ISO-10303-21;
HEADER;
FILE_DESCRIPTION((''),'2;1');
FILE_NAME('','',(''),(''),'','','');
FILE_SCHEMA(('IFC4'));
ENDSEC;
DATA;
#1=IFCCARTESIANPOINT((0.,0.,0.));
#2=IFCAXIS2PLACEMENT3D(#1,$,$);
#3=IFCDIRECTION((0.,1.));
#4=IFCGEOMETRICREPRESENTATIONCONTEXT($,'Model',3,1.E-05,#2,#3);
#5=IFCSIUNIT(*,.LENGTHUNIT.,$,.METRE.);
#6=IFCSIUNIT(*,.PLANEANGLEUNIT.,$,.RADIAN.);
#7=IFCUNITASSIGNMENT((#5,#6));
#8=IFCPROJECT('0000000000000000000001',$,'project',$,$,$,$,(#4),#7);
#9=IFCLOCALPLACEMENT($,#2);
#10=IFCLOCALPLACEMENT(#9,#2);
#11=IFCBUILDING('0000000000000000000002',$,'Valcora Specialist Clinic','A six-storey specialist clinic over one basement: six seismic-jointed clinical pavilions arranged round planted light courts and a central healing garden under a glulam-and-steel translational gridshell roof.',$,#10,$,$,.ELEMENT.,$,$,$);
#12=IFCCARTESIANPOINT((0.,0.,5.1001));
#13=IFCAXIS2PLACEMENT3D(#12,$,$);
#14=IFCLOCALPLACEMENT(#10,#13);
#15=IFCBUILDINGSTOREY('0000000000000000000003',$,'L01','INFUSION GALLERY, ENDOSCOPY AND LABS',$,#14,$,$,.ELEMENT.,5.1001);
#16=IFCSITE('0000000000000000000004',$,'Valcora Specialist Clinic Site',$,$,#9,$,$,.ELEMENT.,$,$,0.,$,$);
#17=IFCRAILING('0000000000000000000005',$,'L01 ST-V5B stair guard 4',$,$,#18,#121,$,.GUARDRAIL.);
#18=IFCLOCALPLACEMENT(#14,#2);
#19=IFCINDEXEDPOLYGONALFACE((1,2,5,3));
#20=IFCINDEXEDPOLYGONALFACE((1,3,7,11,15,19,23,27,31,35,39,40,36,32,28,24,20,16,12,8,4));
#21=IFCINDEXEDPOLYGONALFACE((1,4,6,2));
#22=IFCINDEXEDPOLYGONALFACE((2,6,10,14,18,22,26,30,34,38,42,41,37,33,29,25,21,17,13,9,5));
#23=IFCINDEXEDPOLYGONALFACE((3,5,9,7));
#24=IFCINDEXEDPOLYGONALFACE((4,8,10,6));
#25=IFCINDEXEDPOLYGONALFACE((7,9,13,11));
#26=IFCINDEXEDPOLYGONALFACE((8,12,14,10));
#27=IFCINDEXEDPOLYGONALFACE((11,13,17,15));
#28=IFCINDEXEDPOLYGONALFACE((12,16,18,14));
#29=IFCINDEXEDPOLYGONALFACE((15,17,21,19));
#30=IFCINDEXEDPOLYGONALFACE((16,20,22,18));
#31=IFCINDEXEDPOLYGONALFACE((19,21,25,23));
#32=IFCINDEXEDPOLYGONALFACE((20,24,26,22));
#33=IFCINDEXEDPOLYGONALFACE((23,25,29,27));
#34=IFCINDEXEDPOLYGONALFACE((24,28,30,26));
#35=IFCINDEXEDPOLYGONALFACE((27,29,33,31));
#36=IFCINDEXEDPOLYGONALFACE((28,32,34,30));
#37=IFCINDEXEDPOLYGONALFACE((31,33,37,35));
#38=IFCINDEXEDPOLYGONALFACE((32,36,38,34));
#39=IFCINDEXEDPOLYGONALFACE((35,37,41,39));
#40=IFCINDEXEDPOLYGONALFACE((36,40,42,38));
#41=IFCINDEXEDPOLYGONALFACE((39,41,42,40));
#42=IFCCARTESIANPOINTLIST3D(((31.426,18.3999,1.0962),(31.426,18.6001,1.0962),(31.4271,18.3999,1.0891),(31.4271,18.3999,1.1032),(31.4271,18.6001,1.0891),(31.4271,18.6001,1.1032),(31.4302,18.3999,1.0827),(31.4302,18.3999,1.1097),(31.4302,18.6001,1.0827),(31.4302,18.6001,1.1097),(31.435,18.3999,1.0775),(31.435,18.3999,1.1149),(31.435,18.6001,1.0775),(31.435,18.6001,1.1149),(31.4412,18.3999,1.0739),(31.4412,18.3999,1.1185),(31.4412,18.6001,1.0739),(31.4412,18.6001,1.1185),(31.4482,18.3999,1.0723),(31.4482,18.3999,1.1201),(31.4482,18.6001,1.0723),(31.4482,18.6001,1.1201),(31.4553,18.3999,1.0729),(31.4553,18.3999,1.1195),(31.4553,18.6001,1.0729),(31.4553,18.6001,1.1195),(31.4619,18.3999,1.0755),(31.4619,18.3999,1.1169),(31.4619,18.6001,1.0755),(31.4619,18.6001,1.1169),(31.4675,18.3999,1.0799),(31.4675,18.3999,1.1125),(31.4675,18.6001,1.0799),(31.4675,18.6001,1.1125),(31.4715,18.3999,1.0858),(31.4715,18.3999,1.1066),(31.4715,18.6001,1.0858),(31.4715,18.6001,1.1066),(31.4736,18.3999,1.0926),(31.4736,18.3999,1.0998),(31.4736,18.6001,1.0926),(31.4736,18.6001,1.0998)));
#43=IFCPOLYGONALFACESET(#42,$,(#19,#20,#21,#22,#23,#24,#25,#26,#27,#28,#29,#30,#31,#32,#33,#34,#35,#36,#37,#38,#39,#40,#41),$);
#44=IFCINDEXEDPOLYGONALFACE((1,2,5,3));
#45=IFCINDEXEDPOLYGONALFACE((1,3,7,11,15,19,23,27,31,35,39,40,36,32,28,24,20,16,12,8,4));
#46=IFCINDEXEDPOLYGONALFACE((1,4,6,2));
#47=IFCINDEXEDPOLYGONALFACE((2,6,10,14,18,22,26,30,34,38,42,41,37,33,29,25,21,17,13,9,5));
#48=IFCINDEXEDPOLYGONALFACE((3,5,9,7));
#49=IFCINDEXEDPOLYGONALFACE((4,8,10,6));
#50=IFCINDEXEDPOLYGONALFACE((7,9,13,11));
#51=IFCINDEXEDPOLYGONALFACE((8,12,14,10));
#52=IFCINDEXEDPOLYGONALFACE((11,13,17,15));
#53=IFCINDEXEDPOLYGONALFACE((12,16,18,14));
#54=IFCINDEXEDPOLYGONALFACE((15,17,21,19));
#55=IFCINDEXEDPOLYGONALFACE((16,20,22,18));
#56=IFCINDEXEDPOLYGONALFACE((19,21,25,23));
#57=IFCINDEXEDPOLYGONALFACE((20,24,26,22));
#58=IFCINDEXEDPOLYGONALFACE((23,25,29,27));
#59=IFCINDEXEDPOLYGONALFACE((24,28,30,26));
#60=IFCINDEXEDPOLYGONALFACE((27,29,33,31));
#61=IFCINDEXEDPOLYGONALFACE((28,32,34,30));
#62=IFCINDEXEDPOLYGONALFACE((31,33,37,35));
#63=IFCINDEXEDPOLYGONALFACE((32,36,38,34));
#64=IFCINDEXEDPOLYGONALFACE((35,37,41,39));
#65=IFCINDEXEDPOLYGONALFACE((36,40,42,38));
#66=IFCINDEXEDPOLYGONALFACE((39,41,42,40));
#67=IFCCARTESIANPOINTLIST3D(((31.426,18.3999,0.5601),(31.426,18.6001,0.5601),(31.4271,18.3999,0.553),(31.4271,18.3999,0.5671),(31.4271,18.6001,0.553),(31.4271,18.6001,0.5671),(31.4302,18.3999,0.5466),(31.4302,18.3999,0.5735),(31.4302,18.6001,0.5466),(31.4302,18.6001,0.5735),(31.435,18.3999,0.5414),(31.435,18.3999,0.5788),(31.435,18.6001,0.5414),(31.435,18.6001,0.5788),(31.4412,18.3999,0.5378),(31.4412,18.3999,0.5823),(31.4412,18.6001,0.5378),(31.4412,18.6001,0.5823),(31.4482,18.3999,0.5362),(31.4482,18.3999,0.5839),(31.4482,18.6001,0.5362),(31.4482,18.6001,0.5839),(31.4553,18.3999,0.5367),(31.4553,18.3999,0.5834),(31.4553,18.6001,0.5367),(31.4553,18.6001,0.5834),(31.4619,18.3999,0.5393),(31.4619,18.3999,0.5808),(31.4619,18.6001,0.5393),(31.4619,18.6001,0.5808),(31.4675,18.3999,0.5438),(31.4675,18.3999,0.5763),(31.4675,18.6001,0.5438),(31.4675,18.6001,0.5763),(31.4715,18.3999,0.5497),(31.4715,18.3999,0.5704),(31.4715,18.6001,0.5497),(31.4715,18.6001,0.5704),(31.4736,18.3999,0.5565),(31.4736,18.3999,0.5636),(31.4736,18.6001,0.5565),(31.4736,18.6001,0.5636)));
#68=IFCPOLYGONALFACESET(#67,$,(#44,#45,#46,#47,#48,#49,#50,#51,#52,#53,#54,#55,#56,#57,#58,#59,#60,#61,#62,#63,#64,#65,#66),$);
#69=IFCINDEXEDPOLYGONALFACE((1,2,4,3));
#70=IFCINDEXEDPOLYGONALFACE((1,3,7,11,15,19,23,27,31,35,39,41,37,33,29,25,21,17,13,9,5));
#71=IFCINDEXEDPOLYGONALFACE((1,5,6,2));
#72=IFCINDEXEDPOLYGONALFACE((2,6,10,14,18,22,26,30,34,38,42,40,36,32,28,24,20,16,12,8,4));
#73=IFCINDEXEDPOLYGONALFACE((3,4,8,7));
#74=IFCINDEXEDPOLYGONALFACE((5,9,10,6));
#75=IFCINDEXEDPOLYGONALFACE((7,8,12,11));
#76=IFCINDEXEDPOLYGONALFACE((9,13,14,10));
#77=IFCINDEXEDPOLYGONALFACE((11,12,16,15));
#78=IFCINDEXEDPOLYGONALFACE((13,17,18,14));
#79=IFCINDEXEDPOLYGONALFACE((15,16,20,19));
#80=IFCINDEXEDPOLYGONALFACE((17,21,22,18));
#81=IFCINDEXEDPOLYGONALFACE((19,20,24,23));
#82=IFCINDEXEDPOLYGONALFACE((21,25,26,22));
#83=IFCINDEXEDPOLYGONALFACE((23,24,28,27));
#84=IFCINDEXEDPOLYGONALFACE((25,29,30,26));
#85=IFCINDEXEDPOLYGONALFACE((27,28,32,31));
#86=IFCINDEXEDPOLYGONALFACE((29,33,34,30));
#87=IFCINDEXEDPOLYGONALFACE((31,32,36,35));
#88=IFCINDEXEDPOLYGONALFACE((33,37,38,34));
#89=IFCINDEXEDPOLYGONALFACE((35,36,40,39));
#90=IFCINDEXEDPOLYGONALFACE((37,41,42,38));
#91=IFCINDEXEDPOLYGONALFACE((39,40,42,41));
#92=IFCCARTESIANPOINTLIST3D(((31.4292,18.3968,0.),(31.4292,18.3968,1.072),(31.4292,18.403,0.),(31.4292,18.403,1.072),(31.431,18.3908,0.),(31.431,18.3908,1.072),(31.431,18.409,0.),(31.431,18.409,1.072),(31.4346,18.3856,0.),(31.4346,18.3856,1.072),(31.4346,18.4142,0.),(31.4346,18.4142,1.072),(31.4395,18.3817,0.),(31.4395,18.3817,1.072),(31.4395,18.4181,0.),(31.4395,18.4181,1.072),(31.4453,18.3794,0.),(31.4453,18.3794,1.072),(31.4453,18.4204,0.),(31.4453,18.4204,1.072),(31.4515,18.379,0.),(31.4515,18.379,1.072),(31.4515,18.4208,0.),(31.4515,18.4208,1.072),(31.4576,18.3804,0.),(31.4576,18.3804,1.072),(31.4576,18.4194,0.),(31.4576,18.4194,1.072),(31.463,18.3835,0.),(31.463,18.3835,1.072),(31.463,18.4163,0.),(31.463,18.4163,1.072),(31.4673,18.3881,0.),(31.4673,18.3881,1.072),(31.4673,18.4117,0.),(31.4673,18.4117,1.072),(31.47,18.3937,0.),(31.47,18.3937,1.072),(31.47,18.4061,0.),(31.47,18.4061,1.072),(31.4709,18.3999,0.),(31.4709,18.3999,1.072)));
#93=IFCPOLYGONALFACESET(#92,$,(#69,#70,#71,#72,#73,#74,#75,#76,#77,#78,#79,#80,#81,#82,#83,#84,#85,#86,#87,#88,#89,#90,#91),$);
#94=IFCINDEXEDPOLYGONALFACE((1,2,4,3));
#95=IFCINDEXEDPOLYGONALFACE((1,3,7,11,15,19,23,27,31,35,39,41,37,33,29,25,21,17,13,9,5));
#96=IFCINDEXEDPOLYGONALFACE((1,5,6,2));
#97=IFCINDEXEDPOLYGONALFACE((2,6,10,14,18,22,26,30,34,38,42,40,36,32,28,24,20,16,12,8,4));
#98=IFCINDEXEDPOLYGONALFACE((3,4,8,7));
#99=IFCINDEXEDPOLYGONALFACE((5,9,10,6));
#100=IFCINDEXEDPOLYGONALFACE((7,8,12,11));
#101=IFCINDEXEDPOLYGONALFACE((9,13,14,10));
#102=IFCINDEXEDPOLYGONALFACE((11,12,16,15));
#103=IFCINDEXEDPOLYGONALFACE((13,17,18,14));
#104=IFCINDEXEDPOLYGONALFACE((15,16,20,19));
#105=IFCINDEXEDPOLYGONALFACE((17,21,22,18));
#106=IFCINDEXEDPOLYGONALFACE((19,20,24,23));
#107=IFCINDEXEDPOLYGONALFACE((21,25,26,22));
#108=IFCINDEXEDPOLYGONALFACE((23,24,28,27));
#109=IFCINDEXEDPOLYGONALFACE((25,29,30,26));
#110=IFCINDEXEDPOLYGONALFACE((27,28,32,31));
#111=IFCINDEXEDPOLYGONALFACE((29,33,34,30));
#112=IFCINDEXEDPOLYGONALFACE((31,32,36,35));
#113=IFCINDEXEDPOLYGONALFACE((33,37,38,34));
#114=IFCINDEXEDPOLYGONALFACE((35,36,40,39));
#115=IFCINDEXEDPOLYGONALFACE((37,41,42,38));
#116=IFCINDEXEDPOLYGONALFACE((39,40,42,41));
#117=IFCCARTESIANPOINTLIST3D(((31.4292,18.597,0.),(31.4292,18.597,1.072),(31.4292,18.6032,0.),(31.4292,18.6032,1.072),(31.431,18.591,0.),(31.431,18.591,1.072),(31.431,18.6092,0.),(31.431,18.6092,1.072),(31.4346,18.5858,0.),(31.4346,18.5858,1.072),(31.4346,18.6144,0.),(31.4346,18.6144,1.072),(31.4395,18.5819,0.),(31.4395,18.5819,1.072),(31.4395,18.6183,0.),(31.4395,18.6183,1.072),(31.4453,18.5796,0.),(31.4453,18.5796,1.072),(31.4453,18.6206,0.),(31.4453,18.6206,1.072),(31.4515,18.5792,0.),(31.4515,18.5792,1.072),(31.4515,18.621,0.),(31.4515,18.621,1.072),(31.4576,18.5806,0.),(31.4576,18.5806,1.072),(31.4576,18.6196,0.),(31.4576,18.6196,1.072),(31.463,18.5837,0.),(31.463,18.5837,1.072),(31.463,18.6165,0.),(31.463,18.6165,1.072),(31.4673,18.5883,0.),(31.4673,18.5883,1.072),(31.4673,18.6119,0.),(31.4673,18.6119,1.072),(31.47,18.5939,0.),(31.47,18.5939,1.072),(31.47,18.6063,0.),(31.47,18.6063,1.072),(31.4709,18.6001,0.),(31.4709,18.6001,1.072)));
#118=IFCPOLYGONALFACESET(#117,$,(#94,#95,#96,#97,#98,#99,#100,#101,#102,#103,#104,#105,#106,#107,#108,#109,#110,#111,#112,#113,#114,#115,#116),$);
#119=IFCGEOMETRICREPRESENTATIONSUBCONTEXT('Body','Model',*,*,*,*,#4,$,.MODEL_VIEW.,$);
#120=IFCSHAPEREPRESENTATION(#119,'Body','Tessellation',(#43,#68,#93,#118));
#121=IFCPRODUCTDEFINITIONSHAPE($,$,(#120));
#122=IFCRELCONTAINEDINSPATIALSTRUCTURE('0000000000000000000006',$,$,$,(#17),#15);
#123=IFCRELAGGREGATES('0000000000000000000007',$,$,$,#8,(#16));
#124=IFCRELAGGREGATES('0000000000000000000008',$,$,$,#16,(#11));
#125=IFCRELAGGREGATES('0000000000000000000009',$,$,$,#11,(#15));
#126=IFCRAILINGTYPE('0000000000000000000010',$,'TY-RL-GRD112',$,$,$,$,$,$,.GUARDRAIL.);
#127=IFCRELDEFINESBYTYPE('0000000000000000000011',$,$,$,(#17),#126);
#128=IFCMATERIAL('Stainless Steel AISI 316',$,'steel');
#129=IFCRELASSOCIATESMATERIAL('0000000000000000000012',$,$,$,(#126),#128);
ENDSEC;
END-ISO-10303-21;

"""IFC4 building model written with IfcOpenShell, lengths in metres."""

from ifc_helpers import new_model, si_unit, direction, frame, origin, origin_2d, place, context, subcontext, project, spatial, circle, extrude, material, type_object, element, save


model = new_model("IFC4")

# Units and contexts
model_context = context("Model", 3, precision=1e-05, world=origin(), true_north=direction((0.0, 1.0)))
body_context = subcontext(model_context, "Body", "Model", "MODEL_VIEW")
ifc_project = project(units=[si_unit("LENGTHUNIT", "METRE"), si_unit("PLANEANGLEUNIT", "RADIAN")], contexts=[model_context])

# Site, building, storey
site_placement = place(None, origin())
site = spatial("IfcSite", under=ifc_project, at=site_placement, Name="Valcora Specialist Clinic Site", CompositionType="ELEMENT", RefElevation=0.0)
building_placement = place(site_placement, origin())
building = spatial("IfcBuilding", under=site, at=building_placement, Name="Valcora Specialist Clinic", Description="A six-storey specialist clinic over one basement: six seismic-jointed clinical pavilions arranged round planted light courts and a central healing garden under a glulam-and-steel translational gridshell roof.", CompositionType="ELEMENT")
storey_placement = place(building_placement, frame((0.0, 0.0, 5.1001)))
storey = spatial("IfcBuildingStorey", under=building, at=storey_placement, Name="L01", Description="INFUSION GALLERY, ENDOSCOPY AND LABS", CompositionType="ELEMENT", Elevation=5.1001)

# Shared definitions
ifc_material_1 = material(Name="Stainless Steel AISI 316", Category="steel")

# Railing
railing_type_1 = type_object("IfcRailingType", Name="TY-RL-GRD112", PredefinedType="GUARDRAIL", material=ifc_material_1)
railing_1_placement = place(storey_placement, frame((31.45, 18.3999, 0.0)))
element("IfcRailing", 1, at=railing_1_placement, inside=storey, type_object=railing_type_1, Name="L01 ST-V5B stair guard 4", PredefinedType="GUARDRAIL", context=body_context, shape_type="SweptSolid", body=[
    extrude(circle(Radius=0.0239, at=origin_2d()), frame((0.0, 0.0, 1.0962), z_axis=(0.0, 1.0, 0.0), x_axis=(-1.0, 0.0, 0.0)), (0.0, 0.0, 1.0), 0.2002),
    extrude(circle(Radius=0.0239, at=origin_2d()), frame((0.0, 0.0, 0.5601), z_axis=(0.0, 1.0, 0.0), x_axis=(-1.0, 0.0, 0.0)), (0.0, 0.0, 1.0), 0.2002),
    extrude(circle(Radius=0.021, at=origin_2d()), origin(), (0.0, 0.0, 1.0), 1.072),
    extrude(circle(Radius=0.021, at=origin_2d()), frame((0.0, 0.2002, 0.0)), (0.0, 0.0, 1.0), 1.072),
])

save(model, "model.ifc")
